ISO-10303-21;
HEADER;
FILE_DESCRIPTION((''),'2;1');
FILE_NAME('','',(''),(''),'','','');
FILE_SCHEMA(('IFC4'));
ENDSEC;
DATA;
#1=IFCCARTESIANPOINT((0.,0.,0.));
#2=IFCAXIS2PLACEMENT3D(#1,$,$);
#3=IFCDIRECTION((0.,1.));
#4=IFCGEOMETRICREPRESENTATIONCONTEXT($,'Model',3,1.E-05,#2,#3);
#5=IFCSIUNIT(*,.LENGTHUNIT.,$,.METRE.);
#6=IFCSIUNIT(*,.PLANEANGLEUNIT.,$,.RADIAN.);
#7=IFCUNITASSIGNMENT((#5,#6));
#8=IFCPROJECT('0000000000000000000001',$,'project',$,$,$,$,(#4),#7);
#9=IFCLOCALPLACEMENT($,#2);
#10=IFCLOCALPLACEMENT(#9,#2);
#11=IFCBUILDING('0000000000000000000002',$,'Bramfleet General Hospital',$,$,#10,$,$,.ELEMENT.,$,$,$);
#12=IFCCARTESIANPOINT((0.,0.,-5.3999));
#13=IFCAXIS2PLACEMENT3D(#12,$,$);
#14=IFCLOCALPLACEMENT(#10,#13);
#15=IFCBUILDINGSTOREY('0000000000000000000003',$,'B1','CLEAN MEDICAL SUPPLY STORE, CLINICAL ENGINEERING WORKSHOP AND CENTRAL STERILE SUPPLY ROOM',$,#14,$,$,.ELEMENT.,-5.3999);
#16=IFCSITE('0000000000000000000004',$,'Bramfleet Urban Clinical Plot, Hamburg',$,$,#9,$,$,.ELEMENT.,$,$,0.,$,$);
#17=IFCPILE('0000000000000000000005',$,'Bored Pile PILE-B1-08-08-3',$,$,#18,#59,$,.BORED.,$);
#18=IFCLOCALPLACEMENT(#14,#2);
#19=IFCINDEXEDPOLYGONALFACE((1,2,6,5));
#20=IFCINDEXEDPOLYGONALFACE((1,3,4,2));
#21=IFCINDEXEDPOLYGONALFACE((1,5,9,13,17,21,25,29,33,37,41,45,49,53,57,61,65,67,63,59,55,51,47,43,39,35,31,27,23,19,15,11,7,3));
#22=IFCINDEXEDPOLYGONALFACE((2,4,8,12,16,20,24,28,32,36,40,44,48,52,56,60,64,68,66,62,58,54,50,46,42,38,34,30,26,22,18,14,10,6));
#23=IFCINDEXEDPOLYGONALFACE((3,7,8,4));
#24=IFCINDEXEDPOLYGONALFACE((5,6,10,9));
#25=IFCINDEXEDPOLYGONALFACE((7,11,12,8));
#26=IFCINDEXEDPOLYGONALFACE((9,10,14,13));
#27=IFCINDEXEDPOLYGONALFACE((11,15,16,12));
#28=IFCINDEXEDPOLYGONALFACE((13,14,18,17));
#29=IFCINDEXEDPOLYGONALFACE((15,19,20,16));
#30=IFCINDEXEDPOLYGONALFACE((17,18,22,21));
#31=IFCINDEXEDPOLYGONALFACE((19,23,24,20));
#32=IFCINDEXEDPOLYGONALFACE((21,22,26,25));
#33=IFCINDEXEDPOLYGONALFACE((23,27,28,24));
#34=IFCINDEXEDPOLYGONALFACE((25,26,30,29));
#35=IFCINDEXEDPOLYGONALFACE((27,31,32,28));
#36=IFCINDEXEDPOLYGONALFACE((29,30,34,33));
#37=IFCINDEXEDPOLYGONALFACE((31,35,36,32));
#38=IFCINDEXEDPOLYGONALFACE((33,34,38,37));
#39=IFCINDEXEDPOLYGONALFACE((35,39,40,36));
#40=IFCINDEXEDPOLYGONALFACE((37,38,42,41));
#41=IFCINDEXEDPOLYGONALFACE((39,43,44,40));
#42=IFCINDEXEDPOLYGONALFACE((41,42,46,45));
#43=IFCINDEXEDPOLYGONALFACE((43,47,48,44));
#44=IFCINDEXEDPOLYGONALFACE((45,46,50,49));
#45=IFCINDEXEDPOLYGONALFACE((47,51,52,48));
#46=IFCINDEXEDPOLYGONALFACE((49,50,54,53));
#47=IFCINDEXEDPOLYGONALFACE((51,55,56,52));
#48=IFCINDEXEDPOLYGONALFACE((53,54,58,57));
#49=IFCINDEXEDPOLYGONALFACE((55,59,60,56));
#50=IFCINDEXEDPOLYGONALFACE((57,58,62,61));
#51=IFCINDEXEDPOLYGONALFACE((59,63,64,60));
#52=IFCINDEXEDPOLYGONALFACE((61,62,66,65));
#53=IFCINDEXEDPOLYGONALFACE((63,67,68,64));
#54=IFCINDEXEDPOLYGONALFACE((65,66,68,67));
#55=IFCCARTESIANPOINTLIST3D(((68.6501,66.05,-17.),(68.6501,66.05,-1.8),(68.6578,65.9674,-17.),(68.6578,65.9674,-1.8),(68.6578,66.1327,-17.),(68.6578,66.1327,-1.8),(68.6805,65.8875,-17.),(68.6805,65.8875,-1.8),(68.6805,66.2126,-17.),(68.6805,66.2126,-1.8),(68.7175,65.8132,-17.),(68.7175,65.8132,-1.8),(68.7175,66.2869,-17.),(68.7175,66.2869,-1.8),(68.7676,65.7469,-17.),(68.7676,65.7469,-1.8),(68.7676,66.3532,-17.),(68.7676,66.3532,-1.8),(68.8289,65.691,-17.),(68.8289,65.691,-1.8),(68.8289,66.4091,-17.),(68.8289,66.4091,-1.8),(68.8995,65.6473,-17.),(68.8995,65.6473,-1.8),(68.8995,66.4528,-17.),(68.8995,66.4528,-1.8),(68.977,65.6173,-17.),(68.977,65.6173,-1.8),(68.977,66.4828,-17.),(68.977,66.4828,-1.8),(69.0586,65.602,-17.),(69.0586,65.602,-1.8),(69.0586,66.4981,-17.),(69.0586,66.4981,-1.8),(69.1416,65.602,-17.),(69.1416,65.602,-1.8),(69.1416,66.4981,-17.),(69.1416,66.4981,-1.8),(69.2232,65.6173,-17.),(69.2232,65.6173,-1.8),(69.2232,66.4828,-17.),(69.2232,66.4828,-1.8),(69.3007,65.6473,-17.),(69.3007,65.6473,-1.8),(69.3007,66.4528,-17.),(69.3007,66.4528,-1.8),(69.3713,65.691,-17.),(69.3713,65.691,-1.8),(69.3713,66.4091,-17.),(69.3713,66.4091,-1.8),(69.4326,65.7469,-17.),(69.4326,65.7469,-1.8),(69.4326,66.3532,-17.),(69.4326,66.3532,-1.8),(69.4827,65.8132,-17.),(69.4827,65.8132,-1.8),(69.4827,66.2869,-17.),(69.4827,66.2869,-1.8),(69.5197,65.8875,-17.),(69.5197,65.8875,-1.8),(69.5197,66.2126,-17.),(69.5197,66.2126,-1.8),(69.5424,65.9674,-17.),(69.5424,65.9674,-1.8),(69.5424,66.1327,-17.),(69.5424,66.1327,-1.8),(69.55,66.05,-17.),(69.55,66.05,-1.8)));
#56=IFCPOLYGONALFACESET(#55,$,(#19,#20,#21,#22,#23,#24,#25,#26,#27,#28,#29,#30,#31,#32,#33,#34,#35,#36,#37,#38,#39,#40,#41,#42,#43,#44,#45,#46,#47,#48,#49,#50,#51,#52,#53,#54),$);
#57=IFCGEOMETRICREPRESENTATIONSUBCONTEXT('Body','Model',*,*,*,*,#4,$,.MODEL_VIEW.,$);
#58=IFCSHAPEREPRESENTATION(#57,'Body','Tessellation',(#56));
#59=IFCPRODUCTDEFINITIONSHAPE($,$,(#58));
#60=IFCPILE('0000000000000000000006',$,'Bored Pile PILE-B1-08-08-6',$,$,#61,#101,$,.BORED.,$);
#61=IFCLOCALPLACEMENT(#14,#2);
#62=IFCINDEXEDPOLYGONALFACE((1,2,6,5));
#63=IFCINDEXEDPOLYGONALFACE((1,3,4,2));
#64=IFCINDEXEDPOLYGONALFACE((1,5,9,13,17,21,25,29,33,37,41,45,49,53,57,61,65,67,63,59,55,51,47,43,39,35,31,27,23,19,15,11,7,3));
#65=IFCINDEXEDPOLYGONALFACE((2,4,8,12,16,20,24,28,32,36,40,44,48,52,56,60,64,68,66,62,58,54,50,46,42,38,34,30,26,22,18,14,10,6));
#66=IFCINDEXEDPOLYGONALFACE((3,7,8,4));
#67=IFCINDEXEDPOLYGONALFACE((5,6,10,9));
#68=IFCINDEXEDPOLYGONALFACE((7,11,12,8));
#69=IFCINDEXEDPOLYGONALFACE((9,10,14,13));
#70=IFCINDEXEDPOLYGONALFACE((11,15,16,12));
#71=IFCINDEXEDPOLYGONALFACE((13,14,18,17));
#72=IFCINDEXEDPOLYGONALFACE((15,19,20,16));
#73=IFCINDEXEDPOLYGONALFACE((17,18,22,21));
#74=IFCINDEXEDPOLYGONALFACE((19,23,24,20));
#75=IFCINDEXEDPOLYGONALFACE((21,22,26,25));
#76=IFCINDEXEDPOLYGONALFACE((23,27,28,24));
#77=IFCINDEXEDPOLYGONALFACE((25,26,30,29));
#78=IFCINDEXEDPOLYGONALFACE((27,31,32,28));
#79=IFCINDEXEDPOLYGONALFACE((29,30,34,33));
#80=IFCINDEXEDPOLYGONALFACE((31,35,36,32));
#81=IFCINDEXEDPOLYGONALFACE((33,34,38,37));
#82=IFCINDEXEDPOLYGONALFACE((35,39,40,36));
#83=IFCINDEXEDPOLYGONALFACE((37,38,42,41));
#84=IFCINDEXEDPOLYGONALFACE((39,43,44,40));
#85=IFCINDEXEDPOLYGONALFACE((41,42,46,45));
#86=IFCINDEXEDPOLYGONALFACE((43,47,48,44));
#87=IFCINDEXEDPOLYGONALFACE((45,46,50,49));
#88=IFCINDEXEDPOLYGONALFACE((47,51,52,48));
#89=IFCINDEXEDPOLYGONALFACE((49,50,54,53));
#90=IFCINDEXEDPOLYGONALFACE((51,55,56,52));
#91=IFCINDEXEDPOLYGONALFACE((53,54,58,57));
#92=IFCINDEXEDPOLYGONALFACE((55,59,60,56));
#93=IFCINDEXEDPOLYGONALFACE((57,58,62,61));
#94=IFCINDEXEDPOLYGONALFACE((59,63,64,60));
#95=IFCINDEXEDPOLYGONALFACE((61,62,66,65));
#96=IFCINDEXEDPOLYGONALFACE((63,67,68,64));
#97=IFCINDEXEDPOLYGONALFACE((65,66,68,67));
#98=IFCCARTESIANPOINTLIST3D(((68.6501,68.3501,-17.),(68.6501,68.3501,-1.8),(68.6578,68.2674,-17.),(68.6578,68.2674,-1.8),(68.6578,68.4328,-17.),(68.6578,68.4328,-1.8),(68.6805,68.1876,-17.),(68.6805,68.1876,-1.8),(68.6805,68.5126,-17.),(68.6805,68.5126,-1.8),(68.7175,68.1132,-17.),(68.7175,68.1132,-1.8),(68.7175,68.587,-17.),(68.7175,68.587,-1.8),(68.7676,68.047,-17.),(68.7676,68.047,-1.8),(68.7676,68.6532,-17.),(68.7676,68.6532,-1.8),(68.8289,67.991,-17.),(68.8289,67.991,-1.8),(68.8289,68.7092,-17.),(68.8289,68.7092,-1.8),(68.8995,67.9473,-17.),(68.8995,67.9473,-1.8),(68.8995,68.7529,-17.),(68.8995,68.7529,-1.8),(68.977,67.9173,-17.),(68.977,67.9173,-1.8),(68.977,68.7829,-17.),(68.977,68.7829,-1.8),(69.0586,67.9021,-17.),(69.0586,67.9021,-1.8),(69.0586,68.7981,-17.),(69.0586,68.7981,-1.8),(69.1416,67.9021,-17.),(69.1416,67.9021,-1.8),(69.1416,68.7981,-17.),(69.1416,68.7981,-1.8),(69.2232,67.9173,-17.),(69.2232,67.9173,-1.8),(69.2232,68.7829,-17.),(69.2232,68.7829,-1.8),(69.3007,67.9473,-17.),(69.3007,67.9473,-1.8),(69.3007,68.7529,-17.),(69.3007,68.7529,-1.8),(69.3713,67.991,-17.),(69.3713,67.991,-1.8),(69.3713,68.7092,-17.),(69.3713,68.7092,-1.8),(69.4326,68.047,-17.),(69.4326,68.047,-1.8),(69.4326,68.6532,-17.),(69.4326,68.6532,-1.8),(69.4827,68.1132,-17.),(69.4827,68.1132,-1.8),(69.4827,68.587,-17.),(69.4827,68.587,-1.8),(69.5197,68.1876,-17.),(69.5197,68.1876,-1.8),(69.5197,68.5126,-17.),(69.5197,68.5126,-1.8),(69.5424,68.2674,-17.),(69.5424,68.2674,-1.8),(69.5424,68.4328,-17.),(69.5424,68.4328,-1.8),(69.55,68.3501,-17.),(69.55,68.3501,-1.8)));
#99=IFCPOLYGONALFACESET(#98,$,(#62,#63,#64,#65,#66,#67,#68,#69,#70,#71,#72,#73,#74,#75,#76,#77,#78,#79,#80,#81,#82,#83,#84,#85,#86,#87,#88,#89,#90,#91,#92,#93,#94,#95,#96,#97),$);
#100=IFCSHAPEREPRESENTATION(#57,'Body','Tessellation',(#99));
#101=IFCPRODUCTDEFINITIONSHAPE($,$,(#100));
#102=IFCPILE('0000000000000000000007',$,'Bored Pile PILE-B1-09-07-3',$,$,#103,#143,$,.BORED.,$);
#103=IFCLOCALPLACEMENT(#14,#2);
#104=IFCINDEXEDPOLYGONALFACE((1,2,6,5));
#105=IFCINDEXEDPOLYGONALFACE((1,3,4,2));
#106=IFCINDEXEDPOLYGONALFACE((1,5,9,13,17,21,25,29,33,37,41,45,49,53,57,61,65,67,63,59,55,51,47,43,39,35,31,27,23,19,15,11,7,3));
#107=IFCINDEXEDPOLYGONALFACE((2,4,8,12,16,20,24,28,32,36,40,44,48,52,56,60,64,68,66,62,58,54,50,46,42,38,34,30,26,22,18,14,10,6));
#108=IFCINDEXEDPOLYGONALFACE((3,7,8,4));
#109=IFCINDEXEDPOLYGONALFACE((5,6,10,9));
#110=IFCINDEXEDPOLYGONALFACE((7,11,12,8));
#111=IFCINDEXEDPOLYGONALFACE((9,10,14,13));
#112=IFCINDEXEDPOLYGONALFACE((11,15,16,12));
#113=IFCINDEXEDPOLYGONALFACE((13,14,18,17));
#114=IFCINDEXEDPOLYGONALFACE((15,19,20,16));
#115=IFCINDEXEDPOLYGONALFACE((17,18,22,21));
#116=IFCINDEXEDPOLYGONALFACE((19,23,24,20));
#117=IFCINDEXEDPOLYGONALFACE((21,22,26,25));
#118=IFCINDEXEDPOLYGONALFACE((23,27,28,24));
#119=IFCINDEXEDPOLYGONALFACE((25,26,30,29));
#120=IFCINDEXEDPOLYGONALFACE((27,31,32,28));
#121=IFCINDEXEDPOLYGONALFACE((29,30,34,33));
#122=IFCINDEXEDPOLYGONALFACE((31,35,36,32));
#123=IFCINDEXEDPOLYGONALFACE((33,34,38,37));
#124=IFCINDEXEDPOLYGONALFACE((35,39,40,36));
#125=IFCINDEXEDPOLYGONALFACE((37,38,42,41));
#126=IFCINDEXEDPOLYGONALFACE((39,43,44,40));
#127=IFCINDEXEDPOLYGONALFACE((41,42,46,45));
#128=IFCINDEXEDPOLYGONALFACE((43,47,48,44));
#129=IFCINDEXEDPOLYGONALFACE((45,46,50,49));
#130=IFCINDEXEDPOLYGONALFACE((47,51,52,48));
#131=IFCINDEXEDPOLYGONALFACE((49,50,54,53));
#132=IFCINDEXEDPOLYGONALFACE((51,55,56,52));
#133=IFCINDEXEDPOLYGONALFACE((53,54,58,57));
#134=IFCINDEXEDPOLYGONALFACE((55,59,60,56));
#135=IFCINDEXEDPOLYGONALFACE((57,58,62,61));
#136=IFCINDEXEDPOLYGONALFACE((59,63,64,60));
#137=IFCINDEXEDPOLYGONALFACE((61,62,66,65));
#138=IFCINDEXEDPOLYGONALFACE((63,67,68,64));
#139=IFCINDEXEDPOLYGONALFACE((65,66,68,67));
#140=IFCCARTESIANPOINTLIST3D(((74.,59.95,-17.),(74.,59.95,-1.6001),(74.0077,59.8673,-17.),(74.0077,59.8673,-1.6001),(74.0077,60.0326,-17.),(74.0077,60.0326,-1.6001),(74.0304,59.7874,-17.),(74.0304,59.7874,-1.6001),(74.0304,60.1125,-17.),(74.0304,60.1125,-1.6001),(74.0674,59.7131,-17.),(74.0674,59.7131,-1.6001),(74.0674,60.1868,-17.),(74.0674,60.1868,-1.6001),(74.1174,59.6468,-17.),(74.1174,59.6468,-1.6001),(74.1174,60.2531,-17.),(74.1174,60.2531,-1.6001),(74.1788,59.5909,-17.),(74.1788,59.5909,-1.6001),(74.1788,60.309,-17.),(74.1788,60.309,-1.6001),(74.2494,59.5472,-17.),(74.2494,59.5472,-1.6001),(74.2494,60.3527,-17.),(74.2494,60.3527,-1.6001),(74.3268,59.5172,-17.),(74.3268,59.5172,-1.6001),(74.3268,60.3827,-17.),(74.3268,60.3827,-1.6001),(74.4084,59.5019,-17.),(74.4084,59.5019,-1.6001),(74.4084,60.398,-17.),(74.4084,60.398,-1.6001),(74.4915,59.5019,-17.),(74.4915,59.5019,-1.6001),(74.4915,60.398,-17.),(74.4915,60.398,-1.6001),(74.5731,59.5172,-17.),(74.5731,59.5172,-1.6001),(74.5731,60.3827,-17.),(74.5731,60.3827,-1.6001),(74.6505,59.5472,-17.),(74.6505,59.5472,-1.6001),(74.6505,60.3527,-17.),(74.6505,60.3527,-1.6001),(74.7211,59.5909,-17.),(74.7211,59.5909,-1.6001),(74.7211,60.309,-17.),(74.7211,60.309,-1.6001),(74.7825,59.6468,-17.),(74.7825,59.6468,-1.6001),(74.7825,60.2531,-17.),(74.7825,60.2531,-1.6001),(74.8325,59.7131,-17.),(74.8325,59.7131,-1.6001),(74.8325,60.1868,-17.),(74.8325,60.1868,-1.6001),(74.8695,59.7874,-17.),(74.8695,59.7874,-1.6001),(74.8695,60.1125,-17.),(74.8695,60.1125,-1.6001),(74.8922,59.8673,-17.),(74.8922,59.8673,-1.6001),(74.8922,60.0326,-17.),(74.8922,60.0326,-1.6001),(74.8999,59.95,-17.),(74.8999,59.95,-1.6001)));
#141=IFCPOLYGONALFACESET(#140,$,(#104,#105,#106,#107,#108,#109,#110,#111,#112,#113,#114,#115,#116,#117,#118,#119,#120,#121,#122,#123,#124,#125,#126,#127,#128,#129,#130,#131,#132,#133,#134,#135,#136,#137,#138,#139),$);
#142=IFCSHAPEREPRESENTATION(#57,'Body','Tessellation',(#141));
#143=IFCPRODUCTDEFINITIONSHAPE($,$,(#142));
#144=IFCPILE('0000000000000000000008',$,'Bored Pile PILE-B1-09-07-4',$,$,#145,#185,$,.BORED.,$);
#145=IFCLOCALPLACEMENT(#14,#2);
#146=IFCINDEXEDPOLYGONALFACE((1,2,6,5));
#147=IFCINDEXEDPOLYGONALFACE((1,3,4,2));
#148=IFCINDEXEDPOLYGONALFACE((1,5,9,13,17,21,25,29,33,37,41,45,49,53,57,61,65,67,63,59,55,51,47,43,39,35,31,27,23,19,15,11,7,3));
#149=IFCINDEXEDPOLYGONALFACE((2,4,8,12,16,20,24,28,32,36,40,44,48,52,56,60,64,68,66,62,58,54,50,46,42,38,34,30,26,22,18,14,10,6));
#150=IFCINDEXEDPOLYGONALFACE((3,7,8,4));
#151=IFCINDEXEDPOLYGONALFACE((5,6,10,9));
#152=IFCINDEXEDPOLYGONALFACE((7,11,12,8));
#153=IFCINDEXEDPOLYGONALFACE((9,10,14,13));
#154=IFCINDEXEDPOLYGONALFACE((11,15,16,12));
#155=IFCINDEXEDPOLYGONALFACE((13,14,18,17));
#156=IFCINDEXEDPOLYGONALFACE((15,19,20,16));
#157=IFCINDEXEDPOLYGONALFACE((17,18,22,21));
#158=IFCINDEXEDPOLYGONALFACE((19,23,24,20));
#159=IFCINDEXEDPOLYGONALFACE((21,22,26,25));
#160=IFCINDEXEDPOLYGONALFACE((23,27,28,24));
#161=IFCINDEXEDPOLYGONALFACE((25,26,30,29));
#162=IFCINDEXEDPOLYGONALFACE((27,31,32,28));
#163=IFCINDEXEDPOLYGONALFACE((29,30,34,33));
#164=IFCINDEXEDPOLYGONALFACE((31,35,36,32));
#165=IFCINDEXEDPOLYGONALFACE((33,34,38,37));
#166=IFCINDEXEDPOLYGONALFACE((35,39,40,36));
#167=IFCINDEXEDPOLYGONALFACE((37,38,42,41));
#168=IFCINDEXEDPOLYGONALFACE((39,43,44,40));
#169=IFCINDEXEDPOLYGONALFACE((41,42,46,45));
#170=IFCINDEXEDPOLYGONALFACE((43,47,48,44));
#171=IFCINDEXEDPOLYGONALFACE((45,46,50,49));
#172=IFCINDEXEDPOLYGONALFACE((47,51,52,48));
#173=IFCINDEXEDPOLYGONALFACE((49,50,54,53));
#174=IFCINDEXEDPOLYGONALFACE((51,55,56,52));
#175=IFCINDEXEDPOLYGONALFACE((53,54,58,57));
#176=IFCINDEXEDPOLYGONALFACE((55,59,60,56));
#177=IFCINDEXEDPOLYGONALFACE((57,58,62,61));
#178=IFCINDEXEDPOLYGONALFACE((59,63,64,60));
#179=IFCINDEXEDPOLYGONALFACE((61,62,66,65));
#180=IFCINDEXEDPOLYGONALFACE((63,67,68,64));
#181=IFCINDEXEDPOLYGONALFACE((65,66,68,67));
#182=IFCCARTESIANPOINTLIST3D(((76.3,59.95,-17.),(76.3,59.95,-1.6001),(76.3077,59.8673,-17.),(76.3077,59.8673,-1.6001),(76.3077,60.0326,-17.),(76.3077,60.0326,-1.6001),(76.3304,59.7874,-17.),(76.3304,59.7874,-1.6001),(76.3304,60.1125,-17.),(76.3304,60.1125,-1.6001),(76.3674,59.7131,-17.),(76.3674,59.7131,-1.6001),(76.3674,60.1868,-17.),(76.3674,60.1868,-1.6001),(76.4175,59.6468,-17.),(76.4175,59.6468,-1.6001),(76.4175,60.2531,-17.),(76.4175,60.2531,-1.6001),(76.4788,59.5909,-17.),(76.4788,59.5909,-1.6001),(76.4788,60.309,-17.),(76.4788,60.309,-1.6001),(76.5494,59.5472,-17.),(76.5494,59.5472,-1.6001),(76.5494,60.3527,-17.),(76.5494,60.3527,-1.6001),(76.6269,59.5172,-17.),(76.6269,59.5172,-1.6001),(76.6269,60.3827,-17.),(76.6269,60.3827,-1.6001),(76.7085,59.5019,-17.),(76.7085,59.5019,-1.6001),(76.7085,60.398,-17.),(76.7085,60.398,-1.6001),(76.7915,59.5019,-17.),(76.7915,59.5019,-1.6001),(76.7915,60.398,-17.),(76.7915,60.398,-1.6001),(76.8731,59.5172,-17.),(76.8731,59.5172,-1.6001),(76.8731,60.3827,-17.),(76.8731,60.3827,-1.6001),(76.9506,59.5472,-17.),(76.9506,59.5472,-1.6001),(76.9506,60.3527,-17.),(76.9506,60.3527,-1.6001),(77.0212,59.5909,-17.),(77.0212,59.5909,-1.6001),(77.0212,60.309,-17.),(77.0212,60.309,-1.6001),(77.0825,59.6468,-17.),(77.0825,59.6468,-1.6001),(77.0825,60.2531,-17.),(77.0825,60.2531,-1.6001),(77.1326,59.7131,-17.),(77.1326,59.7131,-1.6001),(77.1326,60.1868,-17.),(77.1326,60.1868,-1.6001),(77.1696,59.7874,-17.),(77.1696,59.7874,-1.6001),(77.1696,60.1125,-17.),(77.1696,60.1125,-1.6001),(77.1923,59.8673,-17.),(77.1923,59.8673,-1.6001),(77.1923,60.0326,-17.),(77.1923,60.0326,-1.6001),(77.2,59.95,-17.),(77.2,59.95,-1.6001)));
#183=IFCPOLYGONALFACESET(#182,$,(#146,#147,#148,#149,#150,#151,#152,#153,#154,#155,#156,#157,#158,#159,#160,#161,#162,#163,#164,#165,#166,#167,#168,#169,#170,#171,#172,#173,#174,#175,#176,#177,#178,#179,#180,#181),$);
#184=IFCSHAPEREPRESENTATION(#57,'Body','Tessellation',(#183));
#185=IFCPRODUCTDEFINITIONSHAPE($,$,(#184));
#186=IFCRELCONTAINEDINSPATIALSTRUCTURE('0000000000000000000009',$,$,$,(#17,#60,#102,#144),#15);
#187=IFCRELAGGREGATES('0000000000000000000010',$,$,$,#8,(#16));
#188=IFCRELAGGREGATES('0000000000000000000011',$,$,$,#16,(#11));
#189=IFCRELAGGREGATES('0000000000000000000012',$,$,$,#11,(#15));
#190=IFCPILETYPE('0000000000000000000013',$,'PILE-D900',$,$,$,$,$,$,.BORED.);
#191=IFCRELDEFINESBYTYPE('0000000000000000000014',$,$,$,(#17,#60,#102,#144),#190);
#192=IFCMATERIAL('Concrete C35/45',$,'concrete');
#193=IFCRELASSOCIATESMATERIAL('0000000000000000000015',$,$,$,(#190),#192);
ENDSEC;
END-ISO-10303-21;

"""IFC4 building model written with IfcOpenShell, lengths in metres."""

from ifc_helpers import new_model, si_unit, direction, frame, origin, origin_2d, place, context, subcontext, project, spatial, circle, extrude, material, material_profile, profile_set, type_object, element, save


model = new_model("IFC4")

# Units and contexts
model_context = context("Model", 3, precision=1e-05, world=origin(), true_north=direction((0.0, 1.0)))
body_context = subcontext(model_context, "Body", "Model", "MODEL_VIEW")
ifc_project = project(units=[si_unit("LENGTHUNIT", "METRE"), si_unit("PLANEANGLEUNIT", "RADIAN")], contexts=[model_context])

# Site, building, storey
site_placement = place(None, origin())
site = spatial("IfcSite", under=ifc_project, at=site_placement, Name="Bramfleet Urban Clinical Plot, Hamburg", CompositionType="ELEMENT", RefElevation=0.0)
building_placement = place(site_placement, origin())
building = spatial("IfcBuilding", under=site, at=building_placement, Name="Bramfleet General Hospital", CompositionType="ELEMENT")
storey_placement = place(building_placement, frame((0.0, 0.0, -5.3999)))
storey = spatial("IfcBuildingStorey", under=building, at=storey_placement, Name="B1", Description="CLEAN MEDICAL SUPPLY STORE, CLINICAL ENGINEERING WORKSHOP AND CENTRAL STERILE SUPPLY ROOM", CompositionType="ELEMENT", Elevation=-5.3999)

# Shared definitions
ifc_material_1 = material(Name="Concrete C35/45", Category="concrete")

# Piles
ifc_material_profile_1 = material_profile(ifc_material_1, circle(Radius=0.45, at=origin_2d()), Name="PILE BORED D900")
ifc_profile_set_1 = profile_set([ifc_material_profile_1], Name="Concrete C35/45")
pile_type = type_object("IfcPileType", Name="PILE-D900", PredefinedType="BORED", material=ifc_profile_set_1)
for number, where, z_axis, x_axis, name in (
    (1, (69.1001, 66.05, -1.8), (0.0, 0.0, -1.0), (1.0, 0.0, 0.0), "Bored Pile PILE-B1-08-08-3"),
    (2, (69.1001, 68.3501, -1.8), (0.0, 0.0, -1.0), (1.0, 0.0, 0.0), "Bored Pile PILE-B1-08-08-6"),
):
    element("IfcPile", number, at=place(storey_placement, frame(where, z_axis=z_axis, x_axis=x_axis)), inside=storey, type_object=pile_type, Name=name, PredefinedType="BORED", context=body_context, shape_type="SweptSolid", body=[
        extrude(circle(Radius=0.45, at=origin_2d()), origin(), (0.0, 0.0, 1.0), 15.2),
    ])
for number, where, z_axis, x_axis, name in (
    (3, (74.45, 59.95, -1.6001), (0.0, 0.0, -1.0), (1.0, 0.0, 0.0), "Bored Pile PILE-B1-09-07-3"),
    (4, (76.75, 59.95, -1.6001), (0.0, 0.0, -1.0), (1.0, 0.0, 0.0), "Bored Pile PILE-B1-09-07-4"),
):
    element("IfcPile", number, at=place(storey_placement, frame(where, z_axis=z_axis, x_axis=x_axis)), inside=storey, type_object=pile_type, Name=name, PredefinedType="BORED", context=body_context, shape_type="SweptSolid", body=[
        extrude(circle(Radius=0.45, at=origin_2d()), origin(), (0.0, 0.0, 1.0), 15.3999),
    ])

save(model, "model.ifc")
